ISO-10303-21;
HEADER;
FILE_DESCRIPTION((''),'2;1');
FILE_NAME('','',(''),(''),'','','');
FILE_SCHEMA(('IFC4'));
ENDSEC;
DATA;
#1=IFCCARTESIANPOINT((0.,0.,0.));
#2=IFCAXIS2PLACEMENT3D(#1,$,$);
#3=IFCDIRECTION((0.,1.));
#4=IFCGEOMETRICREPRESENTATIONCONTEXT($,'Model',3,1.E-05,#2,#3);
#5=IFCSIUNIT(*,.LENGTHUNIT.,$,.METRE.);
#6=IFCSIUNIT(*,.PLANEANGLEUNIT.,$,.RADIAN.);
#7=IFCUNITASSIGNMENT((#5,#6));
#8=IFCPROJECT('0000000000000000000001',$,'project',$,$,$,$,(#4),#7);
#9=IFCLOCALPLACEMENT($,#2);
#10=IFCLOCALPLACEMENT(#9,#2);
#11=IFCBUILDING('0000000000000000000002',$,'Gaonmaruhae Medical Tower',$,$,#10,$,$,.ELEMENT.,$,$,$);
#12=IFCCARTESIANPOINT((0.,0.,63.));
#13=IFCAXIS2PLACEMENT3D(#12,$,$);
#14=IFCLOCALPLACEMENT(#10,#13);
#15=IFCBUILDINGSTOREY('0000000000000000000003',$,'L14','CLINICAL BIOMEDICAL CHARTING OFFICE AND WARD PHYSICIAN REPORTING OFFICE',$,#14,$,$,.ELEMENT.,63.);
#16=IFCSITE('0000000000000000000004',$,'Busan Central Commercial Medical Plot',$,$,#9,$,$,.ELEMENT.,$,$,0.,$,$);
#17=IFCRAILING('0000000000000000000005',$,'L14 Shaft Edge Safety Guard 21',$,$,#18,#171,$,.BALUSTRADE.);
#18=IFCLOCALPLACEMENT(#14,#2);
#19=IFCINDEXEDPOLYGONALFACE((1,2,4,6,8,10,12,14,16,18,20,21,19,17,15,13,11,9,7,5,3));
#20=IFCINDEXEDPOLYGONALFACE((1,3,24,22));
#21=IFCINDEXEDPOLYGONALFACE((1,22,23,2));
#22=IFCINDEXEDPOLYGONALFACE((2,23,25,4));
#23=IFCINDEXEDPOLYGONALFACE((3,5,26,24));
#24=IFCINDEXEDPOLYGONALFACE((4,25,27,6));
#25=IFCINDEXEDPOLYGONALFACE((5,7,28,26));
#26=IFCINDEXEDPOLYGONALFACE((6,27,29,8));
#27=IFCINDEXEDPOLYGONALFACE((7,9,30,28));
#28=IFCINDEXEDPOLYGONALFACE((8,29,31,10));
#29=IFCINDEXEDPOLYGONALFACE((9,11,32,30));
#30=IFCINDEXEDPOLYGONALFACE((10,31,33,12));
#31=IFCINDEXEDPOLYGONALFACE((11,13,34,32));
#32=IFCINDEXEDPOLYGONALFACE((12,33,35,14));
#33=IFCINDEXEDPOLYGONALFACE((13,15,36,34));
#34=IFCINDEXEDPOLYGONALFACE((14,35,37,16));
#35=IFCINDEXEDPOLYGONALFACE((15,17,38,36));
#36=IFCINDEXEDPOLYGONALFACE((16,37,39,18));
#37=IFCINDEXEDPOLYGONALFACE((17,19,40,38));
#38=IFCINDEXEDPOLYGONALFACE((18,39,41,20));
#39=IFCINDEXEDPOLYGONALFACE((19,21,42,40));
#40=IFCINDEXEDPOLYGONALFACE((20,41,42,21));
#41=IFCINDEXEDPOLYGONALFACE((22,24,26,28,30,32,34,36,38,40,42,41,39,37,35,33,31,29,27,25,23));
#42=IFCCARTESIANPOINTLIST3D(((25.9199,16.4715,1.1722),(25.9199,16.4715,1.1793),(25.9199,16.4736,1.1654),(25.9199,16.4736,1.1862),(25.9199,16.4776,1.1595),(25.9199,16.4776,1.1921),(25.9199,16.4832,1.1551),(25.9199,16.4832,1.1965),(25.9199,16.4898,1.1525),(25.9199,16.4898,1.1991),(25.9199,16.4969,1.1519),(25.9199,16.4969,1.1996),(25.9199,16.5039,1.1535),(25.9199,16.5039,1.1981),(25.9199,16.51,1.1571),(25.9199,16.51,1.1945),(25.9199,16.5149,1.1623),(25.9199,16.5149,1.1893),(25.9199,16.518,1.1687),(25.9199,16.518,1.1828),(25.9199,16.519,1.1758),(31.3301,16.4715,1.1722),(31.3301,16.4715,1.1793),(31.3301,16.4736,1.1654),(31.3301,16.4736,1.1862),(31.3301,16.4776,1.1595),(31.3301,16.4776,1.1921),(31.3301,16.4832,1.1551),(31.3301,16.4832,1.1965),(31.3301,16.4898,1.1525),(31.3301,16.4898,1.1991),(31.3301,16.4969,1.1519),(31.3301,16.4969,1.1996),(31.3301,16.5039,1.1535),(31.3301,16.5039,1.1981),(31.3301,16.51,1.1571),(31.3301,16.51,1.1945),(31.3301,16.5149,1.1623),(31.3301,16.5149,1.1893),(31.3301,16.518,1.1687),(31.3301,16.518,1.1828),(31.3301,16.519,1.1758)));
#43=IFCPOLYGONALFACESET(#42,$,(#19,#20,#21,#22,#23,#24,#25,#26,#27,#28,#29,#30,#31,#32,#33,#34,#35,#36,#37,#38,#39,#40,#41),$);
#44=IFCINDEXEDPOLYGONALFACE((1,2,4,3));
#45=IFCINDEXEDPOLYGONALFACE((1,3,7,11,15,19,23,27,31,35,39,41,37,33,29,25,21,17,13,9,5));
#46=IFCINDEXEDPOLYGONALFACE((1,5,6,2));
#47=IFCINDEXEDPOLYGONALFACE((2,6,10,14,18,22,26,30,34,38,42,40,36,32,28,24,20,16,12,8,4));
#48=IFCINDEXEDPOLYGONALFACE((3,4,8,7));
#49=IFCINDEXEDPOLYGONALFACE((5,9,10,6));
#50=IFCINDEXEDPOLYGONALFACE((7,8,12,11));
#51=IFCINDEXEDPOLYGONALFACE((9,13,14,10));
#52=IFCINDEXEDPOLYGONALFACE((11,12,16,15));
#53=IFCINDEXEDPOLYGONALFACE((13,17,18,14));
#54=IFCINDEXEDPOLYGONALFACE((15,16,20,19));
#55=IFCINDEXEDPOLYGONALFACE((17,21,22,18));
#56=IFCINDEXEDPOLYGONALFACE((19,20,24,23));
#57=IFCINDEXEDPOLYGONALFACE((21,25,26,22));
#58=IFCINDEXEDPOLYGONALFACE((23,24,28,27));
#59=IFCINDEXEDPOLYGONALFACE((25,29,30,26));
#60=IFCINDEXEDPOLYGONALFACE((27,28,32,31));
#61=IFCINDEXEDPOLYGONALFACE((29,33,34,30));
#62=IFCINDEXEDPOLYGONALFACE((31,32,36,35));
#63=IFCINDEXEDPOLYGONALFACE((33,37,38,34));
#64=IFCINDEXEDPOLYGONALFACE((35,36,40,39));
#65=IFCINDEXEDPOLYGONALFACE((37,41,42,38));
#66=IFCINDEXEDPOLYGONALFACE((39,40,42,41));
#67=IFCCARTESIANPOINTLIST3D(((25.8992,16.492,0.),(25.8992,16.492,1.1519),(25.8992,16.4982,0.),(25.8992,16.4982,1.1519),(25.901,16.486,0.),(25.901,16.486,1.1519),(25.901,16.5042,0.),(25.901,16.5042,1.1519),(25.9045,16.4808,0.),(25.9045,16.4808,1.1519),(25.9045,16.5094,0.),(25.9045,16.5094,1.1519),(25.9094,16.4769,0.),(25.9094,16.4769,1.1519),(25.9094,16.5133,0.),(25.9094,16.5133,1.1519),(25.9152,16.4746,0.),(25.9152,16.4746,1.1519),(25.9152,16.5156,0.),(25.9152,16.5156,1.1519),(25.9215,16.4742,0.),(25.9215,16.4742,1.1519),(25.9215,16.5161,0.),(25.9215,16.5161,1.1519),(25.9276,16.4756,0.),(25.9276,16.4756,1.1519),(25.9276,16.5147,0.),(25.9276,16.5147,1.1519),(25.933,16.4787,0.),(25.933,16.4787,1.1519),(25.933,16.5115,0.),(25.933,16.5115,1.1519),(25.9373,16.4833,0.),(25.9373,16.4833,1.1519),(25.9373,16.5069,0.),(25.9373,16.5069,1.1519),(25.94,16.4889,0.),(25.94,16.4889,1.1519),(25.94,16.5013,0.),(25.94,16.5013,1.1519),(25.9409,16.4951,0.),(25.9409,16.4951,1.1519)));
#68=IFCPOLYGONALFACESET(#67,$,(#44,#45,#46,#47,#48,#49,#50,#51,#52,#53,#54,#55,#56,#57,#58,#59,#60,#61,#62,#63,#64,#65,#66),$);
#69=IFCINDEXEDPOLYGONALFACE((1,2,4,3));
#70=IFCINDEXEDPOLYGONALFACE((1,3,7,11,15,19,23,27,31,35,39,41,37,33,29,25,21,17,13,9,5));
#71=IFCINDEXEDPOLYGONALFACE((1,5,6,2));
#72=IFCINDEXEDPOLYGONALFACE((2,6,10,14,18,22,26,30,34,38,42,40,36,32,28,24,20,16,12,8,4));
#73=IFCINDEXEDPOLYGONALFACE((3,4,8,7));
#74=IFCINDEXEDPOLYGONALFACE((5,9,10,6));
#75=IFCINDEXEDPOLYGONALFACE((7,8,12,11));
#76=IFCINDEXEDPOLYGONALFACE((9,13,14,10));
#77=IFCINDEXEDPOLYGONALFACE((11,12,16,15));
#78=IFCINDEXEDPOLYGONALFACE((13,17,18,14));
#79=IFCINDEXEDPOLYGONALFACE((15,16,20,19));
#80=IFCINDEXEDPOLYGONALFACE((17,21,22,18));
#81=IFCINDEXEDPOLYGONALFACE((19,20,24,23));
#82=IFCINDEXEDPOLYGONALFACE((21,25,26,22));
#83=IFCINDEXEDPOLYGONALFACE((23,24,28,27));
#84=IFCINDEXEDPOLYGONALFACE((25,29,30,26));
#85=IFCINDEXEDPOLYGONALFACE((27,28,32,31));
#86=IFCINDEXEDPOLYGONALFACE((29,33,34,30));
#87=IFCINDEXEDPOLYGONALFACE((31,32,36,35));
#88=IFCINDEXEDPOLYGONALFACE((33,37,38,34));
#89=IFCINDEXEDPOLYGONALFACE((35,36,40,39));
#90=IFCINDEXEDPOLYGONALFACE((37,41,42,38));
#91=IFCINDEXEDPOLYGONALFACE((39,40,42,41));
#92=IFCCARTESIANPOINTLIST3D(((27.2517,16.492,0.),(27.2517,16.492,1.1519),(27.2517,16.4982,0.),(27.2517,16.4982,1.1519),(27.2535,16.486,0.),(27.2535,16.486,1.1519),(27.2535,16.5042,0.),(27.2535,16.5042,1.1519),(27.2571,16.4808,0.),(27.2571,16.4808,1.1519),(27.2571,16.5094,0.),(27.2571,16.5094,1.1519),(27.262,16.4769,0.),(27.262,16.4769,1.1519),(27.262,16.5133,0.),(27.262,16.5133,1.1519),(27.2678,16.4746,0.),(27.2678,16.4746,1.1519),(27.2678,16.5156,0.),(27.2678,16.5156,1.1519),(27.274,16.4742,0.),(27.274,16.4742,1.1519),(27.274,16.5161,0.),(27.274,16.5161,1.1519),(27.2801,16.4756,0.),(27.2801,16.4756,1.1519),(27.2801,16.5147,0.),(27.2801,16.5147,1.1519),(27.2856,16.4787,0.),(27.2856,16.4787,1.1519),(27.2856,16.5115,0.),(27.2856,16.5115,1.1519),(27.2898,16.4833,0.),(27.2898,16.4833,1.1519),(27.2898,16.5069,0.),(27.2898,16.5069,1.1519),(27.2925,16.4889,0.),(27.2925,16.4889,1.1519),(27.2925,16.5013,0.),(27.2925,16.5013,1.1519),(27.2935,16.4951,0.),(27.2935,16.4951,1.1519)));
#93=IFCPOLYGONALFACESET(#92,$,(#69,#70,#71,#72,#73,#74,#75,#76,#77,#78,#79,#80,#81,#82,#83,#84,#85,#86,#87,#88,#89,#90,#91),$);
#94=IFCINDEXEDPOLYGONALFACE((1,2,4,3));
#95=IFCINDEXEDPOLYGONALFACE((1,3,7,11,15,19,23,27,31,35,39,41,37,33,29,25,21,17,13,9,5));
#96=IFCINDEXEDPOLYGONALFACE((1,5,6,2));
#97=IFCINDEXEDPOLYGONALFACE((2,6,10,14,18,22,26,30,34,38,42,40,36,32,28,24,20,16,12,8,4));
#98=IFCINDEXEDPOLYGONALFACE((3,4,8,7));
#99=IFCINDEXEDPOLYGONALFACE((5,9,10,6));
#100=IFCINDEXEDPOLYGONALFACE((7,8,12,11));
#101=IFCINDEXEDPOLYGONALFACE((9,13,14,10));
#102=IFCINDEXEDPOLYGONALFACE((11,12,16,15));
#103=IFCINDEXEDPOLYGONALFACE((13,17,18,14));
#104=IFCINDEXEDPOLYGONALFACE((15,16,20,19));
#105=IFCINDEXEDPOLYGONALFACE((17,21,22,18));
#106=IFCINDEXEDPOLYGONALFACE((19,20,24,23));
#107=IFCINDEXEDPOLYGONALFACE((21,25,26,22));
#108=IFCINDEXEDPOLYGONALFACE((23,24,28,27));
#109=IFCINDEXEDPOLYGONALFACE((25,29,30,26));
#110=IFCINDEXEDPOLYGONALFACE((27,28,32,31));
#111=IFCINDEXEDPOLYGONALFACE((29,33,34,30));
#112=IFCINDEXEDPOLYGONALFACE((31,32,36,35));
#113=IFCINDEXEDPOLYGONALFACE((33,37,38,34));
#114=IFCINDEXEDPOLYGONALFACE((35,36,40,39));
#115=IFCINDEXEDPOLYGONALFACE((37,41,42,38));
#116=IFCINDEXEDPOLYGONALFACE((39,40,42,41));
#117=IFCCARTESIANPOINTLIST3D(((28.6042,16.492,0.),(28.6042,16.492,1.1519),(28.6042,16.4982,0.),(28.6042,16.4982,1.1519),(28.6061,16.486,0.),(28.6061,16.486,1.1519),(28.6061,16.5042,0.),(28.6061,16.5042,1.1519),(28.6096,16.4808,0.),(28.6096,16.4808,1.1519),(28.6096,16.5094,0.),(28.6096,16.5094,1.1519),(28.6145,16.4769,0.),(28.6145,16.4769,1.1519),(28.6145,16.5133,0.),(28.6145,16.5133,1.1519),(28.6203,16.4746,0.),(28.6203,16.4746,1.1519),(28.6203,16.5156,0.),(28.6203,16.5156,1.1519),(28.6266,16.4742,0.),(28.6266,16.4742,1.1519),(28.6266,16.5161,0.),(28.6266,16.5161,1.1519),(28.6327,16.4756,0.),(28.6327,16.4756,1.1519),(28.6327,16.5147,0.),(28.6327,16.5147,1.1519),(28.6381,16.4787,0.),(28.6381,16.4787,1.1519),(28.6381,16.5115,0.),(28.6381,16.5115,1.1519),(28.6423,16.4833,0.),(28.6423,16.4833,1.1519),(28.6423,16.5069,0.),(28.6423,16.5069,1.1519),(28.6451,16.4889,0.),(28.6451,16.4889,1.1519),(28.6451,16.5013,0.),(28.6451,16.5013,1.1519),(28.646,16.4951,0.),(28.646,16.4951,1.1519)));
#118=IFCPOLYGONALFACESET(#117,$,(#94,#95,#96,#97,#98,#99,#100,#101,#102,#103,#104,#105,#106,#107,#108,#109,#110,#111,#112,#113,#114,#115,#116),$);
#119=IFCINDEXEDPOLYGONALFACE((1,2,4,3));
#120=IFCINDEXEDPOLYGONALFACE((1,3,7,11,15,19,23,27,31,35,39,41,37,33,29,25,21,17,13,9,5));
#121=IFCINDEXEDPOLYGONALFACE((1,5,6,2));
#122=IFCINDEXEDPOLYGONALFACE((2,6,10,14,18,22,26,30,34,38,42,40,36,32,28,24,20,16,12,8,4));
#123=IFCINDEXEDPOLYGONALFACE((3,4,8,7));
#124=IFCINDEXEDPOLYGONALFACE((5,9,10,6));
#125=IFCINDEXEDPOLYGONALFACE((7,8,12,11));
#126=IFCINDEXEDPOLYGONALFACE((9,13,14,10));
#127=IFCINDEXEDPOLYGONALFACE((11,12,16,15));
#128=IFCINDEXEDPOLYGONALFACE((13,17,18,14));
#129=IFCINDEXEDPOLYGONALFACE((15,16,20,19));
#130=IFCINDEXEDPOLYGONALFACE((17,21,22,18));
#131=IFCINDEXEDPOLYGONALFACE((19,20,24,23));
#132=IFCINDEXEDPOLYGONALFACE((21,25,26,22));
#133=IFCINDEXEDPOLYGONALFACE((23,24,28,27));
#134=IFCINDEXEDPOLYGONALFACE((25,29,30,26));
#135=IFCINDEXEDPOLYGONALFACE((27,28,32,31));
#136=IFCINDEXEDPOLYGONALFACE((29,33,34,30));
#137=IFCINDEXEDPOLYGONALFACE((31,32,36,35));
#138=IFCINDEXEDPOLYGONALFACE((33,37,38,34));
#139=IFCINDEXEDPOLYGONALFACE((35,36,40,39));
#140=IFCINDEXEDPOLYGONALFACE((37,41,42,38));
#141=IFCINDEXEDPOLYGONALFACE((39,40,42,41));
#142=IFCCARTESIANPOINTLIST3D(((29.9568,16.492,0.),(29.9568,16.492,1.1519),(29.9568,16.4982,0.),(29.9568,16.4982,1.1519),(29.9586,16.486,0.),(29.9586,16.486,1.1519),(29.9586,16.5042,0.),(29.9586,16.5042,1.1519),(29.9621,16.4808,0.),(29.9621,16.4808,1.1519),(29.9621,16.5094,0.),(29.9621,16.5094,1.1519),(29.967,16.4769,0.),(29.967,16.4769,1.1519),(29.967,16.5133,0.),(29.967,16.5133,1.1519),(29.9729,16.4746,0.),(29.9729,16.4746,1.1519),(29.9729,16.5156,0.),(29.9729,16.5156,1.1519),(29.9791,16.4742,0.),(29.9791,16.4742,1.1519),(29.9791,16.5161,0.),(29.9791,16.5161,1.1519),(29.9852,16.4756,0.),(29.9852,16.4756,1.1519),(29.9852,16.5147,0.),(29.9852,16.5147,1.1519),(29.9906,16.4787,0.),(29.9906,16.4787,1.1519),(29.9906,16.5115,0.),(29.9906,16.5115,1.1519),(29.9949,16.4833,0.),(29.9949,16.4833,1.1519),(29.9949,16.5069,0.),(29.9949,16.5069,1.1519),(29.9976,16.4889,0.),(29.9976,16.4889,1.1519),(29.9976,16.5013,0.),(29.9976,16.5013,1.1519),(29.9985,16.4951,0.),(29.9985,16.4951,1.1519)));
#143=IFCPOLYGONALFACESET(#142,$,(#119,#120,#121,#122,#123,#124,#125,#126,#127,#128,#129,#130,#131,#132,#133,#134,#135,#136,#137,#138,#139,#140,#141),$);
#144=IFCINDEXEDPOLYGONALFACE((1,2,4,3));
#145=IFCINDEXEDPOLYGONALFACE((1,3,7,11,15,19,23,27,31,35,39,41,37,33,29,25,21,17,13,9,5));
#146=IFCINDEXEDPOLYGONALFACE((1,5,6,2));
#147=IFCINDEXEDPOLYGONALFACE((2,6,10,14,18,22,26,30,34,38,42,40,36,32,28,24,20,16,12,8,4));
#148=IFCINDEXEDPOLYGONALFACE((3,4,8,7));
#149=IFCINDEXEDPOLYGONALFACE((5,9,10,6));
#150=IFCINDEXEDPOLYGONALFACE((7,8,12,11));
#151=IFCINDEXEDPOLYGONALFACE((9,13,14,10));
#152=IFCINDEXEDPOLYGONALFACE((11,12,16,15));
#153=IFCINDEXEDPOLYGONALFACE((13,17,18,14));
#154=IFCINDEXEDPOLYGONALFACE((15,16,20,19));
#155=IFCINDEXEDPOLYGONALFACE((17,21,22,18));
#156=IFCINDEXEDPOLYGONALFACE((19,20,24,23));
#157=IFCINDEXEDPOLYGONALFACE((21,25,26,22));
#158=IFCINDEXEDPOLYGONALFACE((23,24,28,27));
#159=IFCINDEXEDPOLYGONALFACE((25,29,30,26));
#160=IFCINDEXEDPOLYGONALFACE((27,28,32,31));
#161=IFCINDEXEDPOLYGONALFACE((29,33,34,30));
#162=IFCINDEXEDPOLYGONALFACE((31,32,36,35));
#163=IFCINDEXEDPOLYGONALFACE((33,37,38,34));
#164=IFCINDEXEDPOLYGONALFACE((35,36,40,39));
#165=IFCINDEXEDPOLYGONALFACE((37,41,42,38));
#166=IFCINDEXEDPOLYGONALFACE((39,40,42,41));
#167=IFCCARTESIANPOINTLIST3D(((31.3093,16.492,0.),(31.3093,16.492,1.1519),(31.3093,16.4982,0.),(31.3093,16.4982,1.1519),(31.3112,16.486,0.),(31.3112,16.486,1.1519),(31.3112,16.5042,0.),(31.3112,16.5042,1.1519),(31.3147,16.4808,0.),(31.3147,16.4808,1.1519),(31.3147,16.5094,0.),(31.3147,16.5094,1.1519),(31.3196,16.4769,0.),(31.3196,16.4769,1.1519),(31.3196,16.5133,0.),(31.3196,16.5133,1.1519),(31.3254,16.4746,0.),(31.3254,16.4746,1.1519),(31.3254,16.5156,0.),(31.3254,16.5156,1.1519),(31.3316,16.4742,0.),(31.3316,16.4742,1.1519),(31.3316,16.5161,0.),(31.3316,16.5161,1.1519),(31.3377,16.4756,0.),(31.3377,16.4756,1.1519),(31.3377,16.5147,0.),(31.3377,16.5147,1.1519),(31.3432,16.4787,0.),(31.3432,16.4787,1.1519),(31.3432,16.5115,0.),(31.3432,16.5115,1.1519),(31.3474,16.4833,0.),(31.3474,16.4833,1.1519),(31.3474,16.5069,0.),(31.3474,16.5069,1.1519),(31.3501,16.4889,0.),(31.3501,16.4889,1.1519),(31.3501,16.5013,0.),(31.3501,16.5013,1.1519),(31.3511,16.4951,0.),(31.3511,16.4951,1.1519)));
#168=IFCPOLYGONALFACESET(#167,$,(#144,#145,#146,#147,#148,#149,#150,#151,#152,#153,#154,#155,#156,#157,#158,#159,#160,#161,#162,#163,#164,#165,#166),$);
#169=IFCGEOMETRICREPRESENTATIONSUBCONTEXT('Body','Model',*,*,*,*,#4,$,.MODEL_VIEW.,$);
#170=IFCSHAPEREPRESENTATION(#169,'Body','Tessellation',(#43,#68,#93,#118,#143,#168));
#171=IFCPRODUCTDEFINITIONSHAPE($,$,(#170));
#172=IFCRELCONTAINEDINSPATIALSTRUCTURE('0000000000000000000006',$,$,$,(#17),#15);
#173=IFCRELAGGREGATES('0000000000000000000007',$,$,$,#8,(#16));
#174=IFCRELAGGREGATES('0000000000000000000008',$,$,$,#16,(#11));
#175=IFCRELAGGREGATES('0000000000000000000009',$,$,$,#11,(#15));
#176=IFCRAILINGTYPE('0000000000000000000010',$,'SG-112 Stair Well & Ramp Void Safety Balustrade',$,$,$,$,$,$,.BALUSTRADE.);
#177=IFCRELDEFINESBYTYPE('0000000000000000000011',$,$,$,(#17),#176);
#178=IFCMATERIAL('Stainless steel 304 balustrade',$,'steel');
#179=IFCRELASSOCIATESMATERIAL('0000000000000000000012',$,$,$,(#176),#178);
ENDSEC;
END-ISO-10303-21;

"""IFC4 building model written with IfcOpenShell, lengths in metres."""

from ifc_helpers import new_model, si_unit, direction, frame, origin, origin_2d, place, context, subcontext, project, spatial, circle, extrude, material, type_object, element, save


model = new_model("IFC4")

# Units and contexts
model_context = context("Model", 3, precision=1e-05, world=origin(), true_north=direction((0.0, 1.0)))
body_context = subcontext(model_context, "Body", "Model", "MODEL_VIEW")
ifc_project = project(units=[si_unit("LENGTHUNIT", "METRE"), si_unit("PLANEANGLEUNIT", "RADIAN")], contexts=[model_context])

# Site, building, storey
site_placement = place(None, origin())
site = spatial("IfcSite", under=ifc_project, at=site_placement, Name="Busan Central Commercial Medical Plot", CompositionType="ELEMENT", RefElevation=0.0)
building_placement = place(site_placement, origin())
building = spatial("IfcBuilding", under=site, at=building_placement, Name="Gaonmaruhae Medical Tower", CompositionType="ELEMENT")
storey_placement = place(building_placement, frame((0.0, 0.0, 63.0)))
storey = spatial("IfcBuildingStorey", under=building, at=storey_placement, Name="L14", Description="CLINICAL BIOMEDICAL CHARTING OFFICE AND WARD PHYSICIAN REPORTING OFFICE", CompositionType="ELEMENT", Elevation=63.0)

# Railing
ifc_material_1 = material(Name="Stainless steel 304 balustrade", Category="steel")
railing_type = type_object("IfcRailingType", Name="SG-112 Stair Well & Ramp Void Safety Balustrade", PredefinedType="BALUSTRADE", material=ifc_material_1)
railing_1_placement = place(storey_placement, frame((25.9199, 16.4951, 0.0)))
element("IfcRailing", 1, at=railing_1_placement, inside=storey, type_object=railing_type, Name="L14 Shaft Edge Safety Guard 21", PredefinedType="BALUSTRADE", context=body_context, shape_type="SweptSolid", body=[
    extrude(circle(Radius=0.0239, at=origin_2d()), frame((0.0, 0.0, 1.1758), z_axis=(1.0, 0.0, 0.0), x_axis=(0.0, 1.0, 0.0)), (0.0, 0.0, 1.0), 5.4102),
    extrude(circle(Radius=0.021, at=origin_2d()), origin(), (0.0, 0.0, 1.0), 1.1519),
    extrude(circle(Radius=0.021, at=origin_2d()), frame((1.3525, 0.0, 0.0)), (0.0, 0.0, 1.0), 1.1519),
    extrude(circle(Radius=0.021, at=origin_2d()), frame((2.7051, 0.0, 0.0)), (0.0, 0.0, 1.0), 1.1519),
    extrude(circle(Radius=0.021, at=origin_2d()), frame((4.0576, 0.0, 0.0)), (0.0, 0.0, 1.0), 1.1519),
    extrude(circle(Radius=0.021, at=origin_2d()), frame((5.4102, 0.0, 0.0)), (0.0, 0.0, 1.0), 1.1519),
])

save(model, "model.ifc")
